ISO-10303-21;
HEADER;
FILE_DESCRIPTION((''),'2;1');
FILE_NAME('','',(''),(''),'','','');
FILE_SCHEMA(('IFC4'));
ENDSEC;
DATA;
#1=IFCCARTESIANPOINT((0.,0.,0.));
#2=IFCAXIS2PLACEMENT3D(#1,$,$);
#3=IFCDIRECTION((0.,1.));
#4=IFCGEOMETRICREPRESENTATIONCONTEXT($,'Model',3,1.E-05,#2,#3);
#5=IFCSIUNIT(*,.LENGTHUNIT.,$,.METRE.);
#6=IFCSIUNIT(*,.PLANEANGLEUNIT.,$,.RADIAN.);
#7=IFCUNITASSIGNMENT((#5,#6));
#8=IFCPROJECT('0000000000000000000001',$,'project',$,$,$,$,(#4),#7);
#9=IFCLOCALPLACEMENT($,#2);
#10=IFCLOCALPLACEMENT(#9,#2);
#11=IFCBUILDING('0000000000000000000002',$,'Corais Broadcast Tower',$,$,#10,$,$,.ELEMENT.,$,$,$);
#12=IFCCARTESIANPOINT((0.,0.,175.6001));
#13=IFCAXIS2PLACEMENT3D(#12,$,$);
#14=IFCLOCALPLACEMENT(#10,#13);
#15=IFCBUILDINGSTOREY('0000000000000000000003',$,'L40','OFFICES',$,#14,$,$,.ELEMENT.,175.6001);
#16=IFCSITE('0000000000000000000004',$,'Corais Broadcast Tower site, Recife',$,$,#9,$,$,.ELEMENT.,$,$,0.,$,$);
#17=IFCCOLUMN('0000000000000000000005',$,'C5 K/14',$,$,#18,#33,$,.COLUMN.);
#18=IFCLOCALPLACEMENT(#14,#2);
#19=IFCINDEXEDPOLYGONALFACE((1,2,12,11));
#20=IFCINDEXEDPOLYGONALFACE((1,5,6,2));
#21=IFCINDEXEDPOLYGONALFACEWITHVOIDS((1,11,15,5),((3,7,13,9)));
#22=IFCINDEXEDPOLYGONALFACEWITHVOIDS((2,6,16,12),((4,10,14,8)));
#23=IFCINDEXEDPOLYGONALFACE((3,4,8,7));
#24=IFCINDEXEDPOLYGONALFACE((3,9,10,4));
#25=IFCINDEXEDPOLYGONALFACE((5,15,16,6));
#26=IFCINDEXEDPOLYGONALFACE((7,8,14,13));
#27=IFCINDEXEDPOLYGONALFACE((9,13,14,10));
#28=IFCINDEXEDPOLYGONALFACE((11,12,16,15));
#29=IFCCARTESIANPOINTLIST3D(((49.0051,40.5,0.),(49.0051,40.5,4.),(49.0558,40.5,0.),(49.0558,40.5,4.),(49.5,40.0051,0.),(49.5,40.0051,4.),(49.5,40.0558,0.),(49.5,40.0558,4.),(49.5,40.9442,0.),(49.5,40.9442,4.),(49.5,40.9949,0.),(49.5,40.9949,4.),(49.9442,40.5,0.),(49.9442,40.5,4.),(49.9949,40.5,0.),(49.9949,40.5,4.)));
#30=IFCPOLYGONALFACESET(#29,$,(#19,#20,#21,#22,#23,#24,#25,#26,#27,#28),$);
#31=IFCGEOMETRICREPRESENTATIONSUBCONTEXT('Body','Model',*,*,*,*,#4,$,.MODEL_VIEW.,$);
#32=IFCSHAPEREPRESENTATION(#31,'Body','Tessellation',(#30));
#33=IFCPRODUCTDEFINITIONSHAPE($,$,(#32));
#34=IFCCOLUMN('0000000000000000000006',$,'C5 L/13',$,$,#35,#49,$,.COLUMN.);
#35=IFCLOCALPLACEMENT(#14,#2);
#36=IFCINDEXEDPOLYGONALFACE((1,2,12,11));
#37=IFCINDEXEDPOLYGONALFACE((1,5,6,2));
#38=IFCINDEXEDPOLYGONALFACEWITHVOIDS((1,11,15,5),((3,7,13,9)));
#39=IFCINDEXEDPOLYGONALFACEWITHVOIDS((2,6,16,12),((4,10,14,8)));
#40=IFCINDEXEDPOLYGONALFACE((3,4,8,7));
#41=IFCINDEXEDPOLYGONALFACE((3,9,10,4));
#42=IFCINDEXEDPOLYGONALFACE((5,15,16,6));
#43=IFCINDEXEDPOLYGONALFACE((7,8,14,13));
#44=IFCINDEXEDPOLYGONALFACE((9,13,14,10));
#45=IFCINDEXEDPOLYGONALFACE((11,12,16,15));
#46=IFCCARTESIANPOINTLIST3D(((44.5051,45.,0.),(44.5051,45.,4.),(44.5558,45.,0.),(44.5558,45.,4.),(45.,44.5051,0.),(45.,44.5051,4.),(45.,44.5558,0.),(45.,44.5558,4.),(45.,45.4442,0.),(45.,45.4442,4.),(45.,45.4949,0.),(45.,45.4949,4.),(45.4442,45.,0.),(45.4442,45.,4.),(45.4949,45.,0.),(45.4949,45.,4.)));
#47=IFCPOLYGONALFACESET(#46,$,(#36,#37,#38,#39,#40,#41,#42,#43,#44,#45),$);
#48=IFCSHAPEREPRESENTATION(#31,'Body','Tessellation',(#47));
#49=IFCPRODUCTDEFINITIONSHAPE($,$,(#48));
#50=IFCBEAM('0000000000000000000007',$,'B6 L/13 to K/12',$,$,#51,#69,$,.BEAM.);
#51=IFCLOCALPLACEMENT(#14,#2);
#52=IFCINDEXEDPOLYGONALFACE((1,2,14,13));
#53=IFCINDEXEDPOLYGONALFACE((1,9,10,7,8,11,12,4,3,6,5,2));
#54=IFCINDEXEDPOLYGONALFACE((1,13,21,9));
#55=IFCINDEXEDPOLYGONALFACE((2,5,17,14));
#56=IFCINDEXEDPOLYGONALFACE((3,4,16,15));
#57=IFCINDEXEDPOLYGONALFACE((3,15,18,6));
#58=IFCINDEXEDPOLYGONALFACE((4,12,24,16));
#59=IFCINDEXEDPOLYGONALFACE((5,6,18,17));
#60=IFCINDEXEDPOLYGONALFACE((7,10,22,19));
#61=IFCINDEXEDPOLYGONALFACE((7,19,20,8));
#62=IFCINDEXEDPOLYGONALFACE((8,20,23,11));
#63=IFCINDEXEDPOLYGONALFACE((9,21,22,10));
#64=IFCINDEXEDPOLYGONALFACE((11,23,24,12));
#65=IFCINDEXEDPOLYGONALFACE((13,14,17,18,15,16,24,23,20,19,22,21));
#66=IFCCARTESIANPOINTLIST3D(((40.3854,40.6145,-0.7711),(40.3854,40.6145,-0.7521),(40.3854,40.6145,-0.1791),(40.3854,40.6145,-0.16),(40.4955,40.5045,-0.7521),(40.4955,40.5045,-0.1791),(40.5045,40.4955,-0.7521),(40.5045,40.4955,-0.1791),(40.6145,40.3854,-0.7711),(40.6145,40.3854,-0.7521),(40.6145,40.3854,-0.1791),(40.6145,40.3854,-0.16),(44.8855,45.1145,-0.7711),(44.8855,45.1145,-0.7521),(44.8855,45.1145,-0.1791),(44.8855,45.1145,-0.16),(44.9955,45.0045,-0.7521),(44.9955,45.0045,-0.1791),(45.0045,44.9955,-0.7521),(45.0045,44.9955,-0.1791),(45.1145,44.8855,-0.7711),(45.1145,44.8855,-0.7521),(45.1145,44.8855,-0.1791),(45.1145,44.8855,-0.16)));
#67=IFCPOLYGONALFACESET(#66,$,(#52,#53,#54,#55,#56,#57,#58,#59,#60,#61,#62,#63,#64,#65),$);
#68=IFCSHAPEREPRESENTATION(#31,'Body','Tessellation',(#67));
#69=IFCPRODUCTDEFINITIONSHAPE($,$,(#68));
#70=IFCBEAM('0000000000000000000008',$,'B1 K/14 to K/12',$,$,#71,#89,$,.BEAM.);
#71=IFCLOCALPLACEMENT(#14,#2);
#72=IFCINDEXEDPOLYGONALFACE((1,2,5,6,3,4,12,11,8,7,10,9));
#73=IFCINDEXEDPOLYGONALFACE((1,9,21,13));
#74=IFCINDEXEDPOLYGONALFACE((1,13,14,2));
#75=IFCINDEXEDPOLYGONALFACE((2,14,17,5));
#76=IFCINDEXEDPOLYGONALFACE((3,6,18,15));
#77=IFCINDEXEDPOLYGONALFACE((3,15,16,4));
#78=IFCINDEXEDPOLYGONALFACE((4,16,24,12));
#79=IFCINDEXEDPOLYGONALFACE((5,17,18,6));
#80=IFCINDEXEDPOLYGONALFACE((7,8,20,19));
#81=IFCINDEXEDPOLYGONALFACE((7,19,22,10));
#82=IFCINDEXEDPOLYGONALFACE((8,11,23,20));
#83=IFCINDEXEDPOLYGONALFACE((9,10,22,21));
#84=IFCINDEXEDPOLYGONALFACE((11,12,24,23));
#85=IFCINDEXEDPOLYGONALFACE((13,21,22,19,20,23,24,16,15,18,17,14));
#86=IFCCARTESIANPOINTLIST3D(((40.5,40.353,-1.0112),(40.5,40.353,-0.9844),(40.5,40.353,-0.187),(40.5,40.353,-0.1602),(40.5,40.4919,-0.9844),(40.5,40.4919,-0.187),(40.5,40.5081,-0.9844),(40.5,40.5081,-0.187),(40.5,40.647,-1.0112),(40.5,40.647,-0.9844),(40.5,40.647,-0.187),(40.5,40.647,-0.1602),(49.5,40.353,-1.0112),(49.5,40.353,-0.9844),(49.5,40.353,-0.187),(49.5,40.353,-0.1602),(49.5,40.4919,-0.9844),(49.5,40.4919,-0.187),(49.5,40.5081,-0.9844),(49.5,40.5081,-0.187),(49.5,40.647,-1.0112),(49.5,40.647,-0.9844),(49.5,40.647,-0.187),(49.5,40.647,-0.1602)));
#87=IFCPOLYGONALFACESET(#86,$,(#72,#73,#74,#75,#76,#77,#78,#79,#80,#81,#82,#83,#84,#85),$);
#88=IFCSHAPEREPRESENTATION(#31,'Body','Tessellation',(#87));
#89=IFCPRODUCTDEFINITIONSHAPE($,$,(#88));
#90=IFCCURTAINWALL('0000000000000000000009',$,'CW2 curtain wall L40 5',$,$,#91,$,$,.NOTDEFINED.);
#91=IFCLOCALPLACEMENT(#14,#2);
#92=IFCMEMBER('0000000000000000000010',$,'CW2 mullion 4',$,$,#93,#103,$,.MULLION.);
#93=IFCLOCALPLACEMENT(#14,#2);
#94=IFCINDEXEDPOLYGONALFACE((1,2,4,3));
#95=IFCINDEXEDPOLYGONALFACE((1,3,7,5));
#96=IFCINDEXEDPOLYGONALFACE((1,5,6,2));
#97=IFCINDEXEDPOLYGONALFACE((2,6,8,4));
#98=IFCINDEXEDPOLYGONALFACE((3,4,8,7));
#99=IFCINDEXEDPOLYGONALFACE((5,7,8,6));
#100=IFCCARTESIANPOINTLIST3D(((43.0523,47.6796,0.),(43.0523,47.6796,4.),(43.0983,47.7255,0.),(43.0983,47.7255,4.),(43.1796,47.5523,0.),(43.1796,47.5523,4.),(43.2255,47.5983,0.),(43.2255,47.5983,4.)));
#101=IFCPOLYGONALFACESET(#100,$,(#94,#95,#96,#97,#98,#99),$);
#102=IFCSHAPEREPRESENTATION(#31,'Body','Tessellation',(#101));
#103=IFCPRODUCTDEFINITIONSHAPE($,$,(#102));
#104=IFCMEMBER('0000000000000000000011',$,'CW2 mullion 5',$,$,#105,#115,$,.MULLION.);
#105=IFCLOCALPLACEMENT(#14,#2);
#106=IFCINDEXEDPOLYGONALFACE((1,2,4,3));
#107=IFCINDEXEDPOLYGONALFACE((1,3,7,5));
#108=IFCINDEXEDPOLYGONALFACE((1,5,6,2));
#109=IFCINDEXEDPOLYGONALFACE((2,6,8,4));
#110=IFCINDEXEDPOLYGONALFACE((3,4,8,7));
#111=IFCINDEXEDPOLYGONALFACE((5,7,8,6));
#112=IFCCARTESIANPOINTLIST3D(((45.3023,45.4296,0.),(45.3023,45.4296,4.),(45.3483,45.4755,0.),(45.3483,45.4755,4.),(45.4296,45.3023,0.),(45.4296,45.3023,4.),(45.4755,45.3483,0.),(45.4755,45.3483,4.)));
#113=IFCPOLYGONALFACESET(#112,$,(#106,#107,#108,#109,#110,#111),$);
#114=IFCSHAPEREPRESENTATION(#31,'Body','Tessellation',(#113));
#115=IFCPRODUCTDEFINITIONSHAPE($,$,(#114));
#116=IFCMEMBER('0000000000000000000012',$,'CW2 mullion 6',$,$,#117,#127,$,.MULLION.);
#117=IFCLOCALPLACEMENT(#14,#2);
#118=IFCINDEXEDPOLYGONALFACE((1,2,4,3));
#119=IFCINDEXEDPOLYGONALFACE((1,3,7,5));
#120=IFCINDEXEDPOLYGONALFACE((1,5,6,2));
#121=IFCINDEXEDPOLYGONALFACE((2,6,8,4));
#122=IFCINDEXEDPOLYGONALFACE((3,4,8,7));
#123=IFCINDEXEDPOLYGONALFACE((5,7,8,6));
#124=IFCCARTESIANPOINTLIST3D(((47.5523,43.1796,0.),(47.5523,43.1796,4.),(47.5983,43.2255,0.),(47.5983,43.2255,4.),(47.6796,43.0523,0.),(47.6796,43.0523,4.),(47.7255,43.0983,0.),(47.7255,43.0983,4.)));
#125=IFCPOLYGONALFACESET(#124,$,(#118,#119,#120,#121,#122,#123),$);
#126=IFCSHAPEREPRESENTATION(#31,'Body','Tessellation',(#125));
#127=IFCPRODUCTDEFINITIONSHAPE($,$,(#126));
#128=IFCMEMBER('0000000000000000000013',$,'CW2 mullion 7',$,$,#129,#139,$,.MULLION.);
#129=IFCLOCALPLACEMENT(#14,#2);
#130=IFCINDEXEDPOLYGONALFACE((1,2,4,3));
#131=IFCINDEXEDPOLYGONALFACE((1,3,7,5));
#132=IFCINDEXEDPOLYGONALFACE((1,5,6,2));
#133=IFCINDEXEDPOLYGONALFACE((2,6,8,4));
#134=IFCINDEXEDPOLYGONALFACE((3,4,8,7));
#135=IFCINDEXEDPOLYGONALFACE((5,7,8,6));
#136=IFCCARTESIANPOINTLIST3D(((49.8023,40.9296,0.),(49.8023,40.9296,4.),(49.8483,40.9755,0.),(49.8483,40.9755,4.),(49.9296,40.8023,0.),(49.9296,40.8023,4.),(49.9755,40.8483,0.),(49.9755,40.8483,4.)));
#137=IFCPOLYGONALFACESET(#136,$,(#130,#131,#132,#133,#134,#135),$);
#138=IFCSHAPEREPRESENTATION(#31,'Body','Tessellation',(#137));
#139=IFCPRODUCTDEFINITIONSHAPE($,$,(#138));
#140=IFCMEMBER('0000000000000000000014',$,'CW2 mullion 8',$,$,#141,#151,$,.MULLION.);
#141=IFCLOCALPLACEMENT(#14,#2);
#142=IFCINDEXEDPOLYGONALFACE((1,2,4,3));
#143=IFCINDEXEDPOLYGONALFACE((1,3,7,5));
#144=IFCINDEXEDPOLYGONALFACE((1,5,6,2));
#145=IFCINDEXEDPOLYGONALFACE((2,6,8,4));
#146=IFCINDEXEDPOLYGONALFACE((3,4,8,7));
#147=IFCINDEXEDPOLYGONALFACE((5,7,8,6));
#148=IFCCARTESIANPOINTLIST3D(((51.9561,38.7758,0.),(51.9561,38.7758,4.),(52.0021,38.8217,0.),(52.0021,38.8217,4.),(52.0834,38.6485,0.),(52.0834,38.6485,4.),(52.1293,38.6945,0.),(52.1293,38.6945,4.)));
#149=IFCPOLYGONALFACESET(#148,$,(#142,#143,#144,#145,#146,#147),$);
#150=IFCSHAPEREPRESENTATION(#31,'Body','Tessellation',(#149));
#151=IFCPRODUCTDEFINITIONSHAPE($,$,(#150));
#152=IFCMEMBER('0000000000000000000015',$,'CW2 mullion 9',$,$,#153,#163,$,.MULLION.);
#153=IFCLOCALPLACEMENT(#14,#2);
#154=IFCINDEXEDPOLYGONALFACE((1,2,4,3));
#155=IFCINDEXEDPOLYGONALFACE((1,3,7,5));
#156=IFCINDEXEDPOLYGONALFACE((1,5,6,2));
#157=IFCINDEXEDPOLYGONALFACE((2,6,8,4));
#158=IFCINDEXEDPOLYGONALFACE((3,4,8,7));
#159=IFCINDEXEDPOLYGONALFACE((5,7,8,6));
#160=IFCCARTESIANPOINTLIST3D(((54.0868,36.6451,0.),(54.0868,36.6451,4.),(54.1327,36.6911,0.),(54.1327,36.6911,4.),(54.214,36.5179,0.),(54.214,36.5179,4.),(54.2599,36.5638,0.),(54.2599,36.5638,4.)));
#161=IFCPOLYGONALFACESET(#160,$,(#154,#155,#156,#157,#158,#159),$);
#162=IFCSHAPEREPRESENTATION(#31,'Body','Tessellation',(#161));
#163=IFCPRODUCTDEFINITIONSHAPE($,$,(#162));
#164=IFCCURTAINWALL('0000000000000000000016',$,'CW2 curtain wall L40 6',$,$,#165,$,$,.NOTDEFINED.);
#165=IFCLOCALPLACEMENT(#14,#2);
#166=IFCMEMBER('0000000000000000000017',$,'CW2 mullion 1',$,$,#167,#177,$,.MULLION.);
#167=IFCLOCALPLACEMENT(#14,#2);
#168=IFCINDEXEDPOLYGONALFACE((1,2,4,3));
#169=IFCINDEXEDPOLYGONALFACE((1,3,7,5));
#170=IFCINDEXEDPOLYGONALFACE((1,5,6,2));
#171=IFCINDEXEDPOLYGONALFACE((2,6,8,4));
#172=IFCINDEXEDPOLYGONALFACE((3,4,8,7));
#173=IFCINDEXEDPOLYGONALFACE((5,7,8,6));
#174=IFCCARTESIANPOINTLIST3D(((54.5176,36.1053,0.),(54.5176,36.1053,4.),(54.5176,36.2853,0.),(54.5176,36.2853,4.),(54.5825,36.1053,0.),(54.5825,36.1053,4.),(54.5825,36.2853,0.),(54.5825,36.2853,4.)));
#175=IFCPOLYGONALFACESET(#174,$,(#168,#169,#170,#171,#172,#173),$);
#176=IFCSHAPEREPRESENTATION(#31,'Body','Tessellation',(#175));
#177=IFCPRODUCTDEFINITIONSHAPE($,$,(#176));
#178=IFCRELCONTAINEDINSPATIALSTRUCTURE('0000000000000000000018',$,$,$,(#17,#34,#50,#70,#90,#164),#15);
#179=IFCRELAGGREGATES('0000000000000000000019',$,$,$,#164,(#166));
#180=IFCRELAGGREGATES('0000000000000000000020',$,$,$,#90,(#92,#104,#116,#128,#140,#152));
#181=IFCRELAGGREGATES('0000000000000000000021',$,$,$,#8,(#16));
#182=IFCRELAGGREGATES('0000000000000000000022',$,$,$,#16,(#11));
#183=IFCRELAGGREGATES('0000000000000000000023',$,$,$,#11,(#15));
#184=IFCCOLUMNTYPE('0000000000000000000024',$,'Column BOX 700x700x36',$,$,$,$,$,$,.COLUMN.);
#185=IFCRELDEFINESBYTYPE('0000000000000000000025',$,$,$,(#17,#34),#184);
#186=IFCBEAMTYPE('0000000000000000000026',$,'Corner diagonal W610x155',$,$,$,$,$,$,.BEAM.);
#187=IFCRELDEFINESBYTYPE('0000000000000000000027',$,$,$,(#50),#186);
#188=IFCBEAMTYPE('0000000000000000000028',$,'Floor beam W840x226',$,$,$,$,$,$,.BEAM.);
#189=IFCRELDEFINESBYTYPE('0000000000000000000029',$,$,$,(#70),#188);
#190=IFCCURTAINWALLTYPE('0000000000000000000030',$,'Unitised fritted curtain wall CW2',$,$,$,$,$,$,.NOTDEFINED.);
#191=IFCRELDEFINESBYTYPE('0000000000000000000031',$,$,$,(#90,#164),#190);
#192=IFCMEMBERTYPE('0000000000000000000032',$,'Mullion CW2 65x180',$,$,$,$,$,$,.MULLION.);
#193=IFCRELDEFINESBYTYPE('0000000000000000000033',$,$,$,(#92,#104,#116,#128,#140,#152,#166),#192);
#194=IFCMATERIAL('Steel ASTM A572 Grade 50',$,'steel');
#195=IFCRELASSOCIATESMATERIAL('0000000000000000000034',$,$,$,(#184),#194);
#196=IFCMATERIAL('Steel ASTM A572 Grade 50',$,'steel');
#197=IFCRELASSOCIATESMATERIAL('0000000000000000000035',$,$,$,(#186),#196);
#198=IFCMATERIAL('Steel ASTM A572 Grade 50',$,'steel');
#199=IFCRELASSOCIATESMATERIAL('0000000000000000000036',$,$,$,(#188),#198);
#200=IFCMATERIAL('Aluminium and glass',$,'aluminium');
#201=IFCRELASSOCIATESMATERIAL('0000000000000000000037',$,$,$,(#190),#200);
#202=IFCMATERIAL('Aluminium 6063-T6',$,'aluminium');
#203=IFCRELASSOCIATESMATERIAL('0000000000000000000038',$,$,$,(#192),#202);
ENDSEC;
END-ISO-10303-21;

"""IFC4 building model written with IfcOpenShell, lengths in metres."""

from ifc_helpers import new_model, si_unit, direction, frame, origin, origin_2d, place, context, subcontext, project, spatial, rectangle, hollow_rectangle, i_section, extrude, material, material_profile, profile_set, type_object, element, aggregate, save


model = new_model("IFC4")

# Units and contexts
model_context = context("Model", 3, precision=1e-05, world=origin(), true_north=direction((0.0, 1.0)))
body_context = subcontext(model_context, "Body", "Model", "MODEL_VIEW")
ifc_project = project(units=[si_unit("LENGTHUNIT", "METRE"), si_unit("PLANEANGLEUNIT", "RADIAN")], contexts=[model_context])

# Site, building, storey
site_placement = place(None, origin())
site = spatial("IfcSite", under=ifc_project, at=site_placement, Name="Corais Broadcast Tower site, Recife", CompositionType="ELEMENT", RefElevation=0.0)
building_placement = place(site_placement, origin())
building = spatial("IfcBuilding", under=site, at=building_placement, Name="Corais Broadcast Tower", CompositionType="ELEMENT")
storey_placement = place(building_placement, frame((0.0, 0.0, 175.6001)))
storey = spatial("IfcBuildingStorey", under=building, at=storey_placement, Name="L40", Description="OFFICES", CompositionType="ELEMENT", Elevation=175.6001)

# Columns
ifc_material_1 = material(Name="Steel ASTM A572 Grade 50", Category="steel")
ifc_material_profile_1 = material_profile(ifc_material_1, hollow_rectangle(XDim=0.7, YDim=0.7, WallThickness=0.0359, at=origin_2d()), Name="BOX 700x700x36")
ifc_profile_set_1 = profile_set([ifc_material_profile_1], Name="Steel ASTM A572 Grade 50")
column_type = type_object("IfcColumnType", Name="Column BOX 700x700x36", PredefinedType="COLUMN", material=ifc_profile_set_1)
for number, where, z_axis, x_axis, name in (
    (1, (49.5, 40.5, 0.0), (0.0, 0.0, 1.0), (0.707107, 0.707107, 0.0), "C5 K/14"),
    (2, (45.0, 45.0, 0.0), (0.0, 0.0, 1.0), (0.707107, 0.707107, 0.0), "C5 L/13"),
):
    element("IfcColumn", number, at=place(storey_placement, frame(where, z_axis=z_axis, x_axis=x_axis)), inside=storey, type_object=column_type, Name=name, PredefinedType="COLUMN", context=body_context, shape_type="SweptSolid", body=[
        extrude(hollow_rectangle(XDim=0.7, YDim=0.7, WallThickness=0.0359, at=origin_2d()), origin(), (0.0, 0.0, 1.0), 4.0),
    ])

# Beams
ifc_material_2 = material(Name="Steel ASTM A572 Grade 50", Category="steel")
ifc_material_profile_2 = material_profile(ifc_material_2, i_section(OverallWidth=0.324, OverallDepth=0.6111, WebThickness=0.0127, FlangeThickness=0.019, at=origin_2d()), Name="W610x155")
ifc_profile_set_2 = profile_set([ifc_material_profile_2], Name="Steel ASTM A572 Grade 50")
beam_type_1 = type_object("IfcBeamType", Name="Corner diagonal W610x155", PredefinedType="BEAM", material=ifc_profile_set_2)
beam_1_placement = place(storey_placement, frame((45.0, 45.0, -0.4656), z_axis=(-0.707107, -0.707107, 0.0), x_axis=(0.707107, -0.707107, 0.0)))
element("IfcBeam", 3, at=beam_1_placement, inside=storey, type_object=beam_type_1, Name="B6 L/13 to K/12", PredefinedType="BEAM", context=body_context, shape_type="SweptSolid", body=[
    extrude(i_section(OverallWidth=0.324, OverallDepth=0.6111, WebThickness=0.0127, FlangeThickness=0.019, at=origin_2d()), origin(), (0.0, 0.0, 1.0), 6.364),
])
ifc_material_3 = material(Name="Steel ASTM A572 Grade 50", Category="steel")
ifc_material_profile_3 = material_profile(ifc_material_3, i_section(OverallWidth=0.2939, OverallDepth=0.8511, WebThickness=0.0161, FlangeThickness=0.0269, at=origin_2d()), Name="W840x226")
ifc_profile_set_3 = profile_set([ifc_material_profile_3], Name="Steel ASTM A572 Grade 50")
beam_type_2 = type_object("IfcBeamType", Name="Floor beam W840x226", PredefinedType="BEAM", material=ifc_profile_set_3)
beam_2_placement = place(storey_placement, frame((49.5, 40.5, -0.5857), z_axis=(-1.0, 0.0, 0.0), x_axis=(0.0, -1.0, 0.0)))
element("IfcBeam", 4, at=beam_2_placement, inside=storey, type_object=beam_type_2, Name="B1 K/14 to K/12", PredefinedType="BEAM", context=body_context, shape_type="SweptSolid", body=[
    extrude(i_section(OverallWidth=0.2939, OverallDepth=0.8511, WebThickness=0.0161, FlangeThickness=0.0269, at=origin_2d()), origin(), (0.0, 0.0, 1.0), 9.0),
])

# Curtain wall, members
ifc_material_4 = material(Name="Aluminium and glass", Category="aluminium")
curtain_wall_type = type_object("IfcCurtainWallType", Name="Unitised fritted curtain wall CW2", PredefinedType="NOTDEFINED", material=ifc_material_4)
curtain_wall_1_placement = place(storey_placement, origin())
curtain_wall_1 = element("IfcCurtainWall", 5, at=curtain_wall_1_placement, inside=storey, type_object=curtain_wall_type, Name="CW2 curtain wall L40 5", PredefinedType="NOTDEFINED")
ifc_material_5 = material(Name="Aluminium 6063-T6", Category="aluminium")
ifc_material_profile_4 = material_profile(ifc_material_5, rectangle(XDim=0.0649, YDim=0.1799, at=origin_2d()), Name="Mullion CW2 65x180")
ifc_profile_set_4 = profile_set([ifc_material_profile_4], Name="Aluminium 6063-T6")
member_type_1 = type_object("IfcMemberType", Name="Mullion CW2 65x180", PredefinedType="MULLION", material=ifc_profile_set_4)
member_1_placement = place(storey_placement, frame((43.1389, 47.6389, 0.0), z_axis=(0.0, 0.0, 1.0), x_axis=(0.707107, 0.707107, 0.0)))
member_1 = element("IfcMember", 6, at=member_1_placement, type_object=member_type_1, Name="CW2 mullion 4", PredefinedType="MULLION", context=body_context, shape_type="SweptSolid", body=[
    extrude(rectangle(XDim=0.0649, YDim=0.1799, at=origin_2d()), origin(), (0.0, 0.0, 1.0), 4.0),
])
member_2_placement = place(storey_placement, frame((45.3889, 45.3889, 0.0), z_axis=(0.0, 0.0, 1.0), x_axis=(0.707107, 0.707107, 0.0)))
member_2 = element("IfcMember", 7, at=member_2_placement, type_object=member_type_1, Name="CW2 mullion 5", PredefinedType="MULLION", context=body_context, shape_type="SweptSolid", body=[
    extrude(rectangle(XDim=0.0649, YDim=0.1799, at=origin_2d()), origin(), (0.0, 0.0, 1.0), 4.0),
])
member_3_placement = place(storey_placement, frame((47.6389, 43.1389, 0.0), z_axis=(0.0, 0.0, 1.0), x_axis=(0.707107, 0.707107, 0.0)))
member_3 = element("IfcMember", 8, at=member_3_placement, type_object=member_type_1, Name="CW2 mullion 6", PredefinedType="MULLION", context=body_context, shape_type="SweptSolid", body=[
    extrude(rectangle(XDim=0.0649, YDim=0.1799, at=origin_2d()), origin(), (0.0, 0.0, 1.0), 4.0),
])
member_4_placement = place(storey_placement, frame((49.8889, 40.8889, 0.0), z_axis=(0.0, 0.0, 1.0), x_axis=(0.707107, 0.707107, 0.0)))
member_4 = element("IfcMember", 9, at=member_4_placement, type_object=member_type_1, Name="CW2 mullion 7", PredefinedType="MULLION", context=body_context, shape_type="SweptSolid", body=[
    extrude(rectangle(XDim=0.0649, YDim=0.1799, at=origin_2d()), origin(), (0.0, 0.0, 1.0), 4.0),
])
member_5_placement = place(storey_placement, frame((52.0427, 38.7351, 0.0), z_axis=(0.0, 0.0, 1.0), x_axis=(0.707107, 0.707107, 0.0)))
member_5 = element("IfcMember", 10, at=member_5_placement, type_object=member_type_1, Name="CW2 mullion 8", PredefinedType="MULLION", context=body_context, shape_type="SweptSolid", body=[
    extrude(rectangle(XDim=0.0649, YDim=0.1799, at=origin_2d()), origin(), (0.0, 0.0, 1.0), 4.0),
])
member_6_placement = place(storey_placement, frame((54.1733, 36.6045, 0.0), z_axis=(0.0, 0.0, 1.0), x_axis=(0.707107, 0.707107, 0.0)))
member_6 = element("IfcMember", 11, at=member_6_placement, type_object=member_type_1, Name="CW2 mullion 9", PredefinedType="MULLION", context=body_context, shape_type="SweptSolid", body=[
    extrude(rectangle(XDim=0.0649, YDim=0.1799, at=origin_2d()), origin(), (0.0, 0.0, 1.0), 4.0),
])

# Curtain wall, member
curtain_wall_2_placement = place(storey_placement, origin())
curtain_wall_2 = element("IfcCurtainWall", 12, at=curtain_wall_2_placement, inside=storey, type_object=curtain_wall_type, Name="CW2 curtain wall L40 6", PredefinedType="NOTDEFINED")
member_7_placement = place(storey_placement, frame((54.55, 36.1953, 0.0), z_axis=(0.0, 0.0, 1.0), x_axis=(1.0, 0.0, 0.0)))
member_7 = element("IfcMember", 13, at=member_7_placement, type_object=member_type_1, Name="CW2 mullion 1", PredefinedType="MULLION", context=body_context, shape_type="SweptSolid", body=[
    extrude(rectangle(XDim=0.0649, YDim=0.1799, at=origin_2d()), origin(), (0.0, 0.0, 1.0), 4.0),
])

aggregate(curtain_wall_2, [member_7])

aggregate(curtain_wall_1, [member_1, member_2, member_3, member_4, member_5, member_6])

save(model, "model.ifc")
